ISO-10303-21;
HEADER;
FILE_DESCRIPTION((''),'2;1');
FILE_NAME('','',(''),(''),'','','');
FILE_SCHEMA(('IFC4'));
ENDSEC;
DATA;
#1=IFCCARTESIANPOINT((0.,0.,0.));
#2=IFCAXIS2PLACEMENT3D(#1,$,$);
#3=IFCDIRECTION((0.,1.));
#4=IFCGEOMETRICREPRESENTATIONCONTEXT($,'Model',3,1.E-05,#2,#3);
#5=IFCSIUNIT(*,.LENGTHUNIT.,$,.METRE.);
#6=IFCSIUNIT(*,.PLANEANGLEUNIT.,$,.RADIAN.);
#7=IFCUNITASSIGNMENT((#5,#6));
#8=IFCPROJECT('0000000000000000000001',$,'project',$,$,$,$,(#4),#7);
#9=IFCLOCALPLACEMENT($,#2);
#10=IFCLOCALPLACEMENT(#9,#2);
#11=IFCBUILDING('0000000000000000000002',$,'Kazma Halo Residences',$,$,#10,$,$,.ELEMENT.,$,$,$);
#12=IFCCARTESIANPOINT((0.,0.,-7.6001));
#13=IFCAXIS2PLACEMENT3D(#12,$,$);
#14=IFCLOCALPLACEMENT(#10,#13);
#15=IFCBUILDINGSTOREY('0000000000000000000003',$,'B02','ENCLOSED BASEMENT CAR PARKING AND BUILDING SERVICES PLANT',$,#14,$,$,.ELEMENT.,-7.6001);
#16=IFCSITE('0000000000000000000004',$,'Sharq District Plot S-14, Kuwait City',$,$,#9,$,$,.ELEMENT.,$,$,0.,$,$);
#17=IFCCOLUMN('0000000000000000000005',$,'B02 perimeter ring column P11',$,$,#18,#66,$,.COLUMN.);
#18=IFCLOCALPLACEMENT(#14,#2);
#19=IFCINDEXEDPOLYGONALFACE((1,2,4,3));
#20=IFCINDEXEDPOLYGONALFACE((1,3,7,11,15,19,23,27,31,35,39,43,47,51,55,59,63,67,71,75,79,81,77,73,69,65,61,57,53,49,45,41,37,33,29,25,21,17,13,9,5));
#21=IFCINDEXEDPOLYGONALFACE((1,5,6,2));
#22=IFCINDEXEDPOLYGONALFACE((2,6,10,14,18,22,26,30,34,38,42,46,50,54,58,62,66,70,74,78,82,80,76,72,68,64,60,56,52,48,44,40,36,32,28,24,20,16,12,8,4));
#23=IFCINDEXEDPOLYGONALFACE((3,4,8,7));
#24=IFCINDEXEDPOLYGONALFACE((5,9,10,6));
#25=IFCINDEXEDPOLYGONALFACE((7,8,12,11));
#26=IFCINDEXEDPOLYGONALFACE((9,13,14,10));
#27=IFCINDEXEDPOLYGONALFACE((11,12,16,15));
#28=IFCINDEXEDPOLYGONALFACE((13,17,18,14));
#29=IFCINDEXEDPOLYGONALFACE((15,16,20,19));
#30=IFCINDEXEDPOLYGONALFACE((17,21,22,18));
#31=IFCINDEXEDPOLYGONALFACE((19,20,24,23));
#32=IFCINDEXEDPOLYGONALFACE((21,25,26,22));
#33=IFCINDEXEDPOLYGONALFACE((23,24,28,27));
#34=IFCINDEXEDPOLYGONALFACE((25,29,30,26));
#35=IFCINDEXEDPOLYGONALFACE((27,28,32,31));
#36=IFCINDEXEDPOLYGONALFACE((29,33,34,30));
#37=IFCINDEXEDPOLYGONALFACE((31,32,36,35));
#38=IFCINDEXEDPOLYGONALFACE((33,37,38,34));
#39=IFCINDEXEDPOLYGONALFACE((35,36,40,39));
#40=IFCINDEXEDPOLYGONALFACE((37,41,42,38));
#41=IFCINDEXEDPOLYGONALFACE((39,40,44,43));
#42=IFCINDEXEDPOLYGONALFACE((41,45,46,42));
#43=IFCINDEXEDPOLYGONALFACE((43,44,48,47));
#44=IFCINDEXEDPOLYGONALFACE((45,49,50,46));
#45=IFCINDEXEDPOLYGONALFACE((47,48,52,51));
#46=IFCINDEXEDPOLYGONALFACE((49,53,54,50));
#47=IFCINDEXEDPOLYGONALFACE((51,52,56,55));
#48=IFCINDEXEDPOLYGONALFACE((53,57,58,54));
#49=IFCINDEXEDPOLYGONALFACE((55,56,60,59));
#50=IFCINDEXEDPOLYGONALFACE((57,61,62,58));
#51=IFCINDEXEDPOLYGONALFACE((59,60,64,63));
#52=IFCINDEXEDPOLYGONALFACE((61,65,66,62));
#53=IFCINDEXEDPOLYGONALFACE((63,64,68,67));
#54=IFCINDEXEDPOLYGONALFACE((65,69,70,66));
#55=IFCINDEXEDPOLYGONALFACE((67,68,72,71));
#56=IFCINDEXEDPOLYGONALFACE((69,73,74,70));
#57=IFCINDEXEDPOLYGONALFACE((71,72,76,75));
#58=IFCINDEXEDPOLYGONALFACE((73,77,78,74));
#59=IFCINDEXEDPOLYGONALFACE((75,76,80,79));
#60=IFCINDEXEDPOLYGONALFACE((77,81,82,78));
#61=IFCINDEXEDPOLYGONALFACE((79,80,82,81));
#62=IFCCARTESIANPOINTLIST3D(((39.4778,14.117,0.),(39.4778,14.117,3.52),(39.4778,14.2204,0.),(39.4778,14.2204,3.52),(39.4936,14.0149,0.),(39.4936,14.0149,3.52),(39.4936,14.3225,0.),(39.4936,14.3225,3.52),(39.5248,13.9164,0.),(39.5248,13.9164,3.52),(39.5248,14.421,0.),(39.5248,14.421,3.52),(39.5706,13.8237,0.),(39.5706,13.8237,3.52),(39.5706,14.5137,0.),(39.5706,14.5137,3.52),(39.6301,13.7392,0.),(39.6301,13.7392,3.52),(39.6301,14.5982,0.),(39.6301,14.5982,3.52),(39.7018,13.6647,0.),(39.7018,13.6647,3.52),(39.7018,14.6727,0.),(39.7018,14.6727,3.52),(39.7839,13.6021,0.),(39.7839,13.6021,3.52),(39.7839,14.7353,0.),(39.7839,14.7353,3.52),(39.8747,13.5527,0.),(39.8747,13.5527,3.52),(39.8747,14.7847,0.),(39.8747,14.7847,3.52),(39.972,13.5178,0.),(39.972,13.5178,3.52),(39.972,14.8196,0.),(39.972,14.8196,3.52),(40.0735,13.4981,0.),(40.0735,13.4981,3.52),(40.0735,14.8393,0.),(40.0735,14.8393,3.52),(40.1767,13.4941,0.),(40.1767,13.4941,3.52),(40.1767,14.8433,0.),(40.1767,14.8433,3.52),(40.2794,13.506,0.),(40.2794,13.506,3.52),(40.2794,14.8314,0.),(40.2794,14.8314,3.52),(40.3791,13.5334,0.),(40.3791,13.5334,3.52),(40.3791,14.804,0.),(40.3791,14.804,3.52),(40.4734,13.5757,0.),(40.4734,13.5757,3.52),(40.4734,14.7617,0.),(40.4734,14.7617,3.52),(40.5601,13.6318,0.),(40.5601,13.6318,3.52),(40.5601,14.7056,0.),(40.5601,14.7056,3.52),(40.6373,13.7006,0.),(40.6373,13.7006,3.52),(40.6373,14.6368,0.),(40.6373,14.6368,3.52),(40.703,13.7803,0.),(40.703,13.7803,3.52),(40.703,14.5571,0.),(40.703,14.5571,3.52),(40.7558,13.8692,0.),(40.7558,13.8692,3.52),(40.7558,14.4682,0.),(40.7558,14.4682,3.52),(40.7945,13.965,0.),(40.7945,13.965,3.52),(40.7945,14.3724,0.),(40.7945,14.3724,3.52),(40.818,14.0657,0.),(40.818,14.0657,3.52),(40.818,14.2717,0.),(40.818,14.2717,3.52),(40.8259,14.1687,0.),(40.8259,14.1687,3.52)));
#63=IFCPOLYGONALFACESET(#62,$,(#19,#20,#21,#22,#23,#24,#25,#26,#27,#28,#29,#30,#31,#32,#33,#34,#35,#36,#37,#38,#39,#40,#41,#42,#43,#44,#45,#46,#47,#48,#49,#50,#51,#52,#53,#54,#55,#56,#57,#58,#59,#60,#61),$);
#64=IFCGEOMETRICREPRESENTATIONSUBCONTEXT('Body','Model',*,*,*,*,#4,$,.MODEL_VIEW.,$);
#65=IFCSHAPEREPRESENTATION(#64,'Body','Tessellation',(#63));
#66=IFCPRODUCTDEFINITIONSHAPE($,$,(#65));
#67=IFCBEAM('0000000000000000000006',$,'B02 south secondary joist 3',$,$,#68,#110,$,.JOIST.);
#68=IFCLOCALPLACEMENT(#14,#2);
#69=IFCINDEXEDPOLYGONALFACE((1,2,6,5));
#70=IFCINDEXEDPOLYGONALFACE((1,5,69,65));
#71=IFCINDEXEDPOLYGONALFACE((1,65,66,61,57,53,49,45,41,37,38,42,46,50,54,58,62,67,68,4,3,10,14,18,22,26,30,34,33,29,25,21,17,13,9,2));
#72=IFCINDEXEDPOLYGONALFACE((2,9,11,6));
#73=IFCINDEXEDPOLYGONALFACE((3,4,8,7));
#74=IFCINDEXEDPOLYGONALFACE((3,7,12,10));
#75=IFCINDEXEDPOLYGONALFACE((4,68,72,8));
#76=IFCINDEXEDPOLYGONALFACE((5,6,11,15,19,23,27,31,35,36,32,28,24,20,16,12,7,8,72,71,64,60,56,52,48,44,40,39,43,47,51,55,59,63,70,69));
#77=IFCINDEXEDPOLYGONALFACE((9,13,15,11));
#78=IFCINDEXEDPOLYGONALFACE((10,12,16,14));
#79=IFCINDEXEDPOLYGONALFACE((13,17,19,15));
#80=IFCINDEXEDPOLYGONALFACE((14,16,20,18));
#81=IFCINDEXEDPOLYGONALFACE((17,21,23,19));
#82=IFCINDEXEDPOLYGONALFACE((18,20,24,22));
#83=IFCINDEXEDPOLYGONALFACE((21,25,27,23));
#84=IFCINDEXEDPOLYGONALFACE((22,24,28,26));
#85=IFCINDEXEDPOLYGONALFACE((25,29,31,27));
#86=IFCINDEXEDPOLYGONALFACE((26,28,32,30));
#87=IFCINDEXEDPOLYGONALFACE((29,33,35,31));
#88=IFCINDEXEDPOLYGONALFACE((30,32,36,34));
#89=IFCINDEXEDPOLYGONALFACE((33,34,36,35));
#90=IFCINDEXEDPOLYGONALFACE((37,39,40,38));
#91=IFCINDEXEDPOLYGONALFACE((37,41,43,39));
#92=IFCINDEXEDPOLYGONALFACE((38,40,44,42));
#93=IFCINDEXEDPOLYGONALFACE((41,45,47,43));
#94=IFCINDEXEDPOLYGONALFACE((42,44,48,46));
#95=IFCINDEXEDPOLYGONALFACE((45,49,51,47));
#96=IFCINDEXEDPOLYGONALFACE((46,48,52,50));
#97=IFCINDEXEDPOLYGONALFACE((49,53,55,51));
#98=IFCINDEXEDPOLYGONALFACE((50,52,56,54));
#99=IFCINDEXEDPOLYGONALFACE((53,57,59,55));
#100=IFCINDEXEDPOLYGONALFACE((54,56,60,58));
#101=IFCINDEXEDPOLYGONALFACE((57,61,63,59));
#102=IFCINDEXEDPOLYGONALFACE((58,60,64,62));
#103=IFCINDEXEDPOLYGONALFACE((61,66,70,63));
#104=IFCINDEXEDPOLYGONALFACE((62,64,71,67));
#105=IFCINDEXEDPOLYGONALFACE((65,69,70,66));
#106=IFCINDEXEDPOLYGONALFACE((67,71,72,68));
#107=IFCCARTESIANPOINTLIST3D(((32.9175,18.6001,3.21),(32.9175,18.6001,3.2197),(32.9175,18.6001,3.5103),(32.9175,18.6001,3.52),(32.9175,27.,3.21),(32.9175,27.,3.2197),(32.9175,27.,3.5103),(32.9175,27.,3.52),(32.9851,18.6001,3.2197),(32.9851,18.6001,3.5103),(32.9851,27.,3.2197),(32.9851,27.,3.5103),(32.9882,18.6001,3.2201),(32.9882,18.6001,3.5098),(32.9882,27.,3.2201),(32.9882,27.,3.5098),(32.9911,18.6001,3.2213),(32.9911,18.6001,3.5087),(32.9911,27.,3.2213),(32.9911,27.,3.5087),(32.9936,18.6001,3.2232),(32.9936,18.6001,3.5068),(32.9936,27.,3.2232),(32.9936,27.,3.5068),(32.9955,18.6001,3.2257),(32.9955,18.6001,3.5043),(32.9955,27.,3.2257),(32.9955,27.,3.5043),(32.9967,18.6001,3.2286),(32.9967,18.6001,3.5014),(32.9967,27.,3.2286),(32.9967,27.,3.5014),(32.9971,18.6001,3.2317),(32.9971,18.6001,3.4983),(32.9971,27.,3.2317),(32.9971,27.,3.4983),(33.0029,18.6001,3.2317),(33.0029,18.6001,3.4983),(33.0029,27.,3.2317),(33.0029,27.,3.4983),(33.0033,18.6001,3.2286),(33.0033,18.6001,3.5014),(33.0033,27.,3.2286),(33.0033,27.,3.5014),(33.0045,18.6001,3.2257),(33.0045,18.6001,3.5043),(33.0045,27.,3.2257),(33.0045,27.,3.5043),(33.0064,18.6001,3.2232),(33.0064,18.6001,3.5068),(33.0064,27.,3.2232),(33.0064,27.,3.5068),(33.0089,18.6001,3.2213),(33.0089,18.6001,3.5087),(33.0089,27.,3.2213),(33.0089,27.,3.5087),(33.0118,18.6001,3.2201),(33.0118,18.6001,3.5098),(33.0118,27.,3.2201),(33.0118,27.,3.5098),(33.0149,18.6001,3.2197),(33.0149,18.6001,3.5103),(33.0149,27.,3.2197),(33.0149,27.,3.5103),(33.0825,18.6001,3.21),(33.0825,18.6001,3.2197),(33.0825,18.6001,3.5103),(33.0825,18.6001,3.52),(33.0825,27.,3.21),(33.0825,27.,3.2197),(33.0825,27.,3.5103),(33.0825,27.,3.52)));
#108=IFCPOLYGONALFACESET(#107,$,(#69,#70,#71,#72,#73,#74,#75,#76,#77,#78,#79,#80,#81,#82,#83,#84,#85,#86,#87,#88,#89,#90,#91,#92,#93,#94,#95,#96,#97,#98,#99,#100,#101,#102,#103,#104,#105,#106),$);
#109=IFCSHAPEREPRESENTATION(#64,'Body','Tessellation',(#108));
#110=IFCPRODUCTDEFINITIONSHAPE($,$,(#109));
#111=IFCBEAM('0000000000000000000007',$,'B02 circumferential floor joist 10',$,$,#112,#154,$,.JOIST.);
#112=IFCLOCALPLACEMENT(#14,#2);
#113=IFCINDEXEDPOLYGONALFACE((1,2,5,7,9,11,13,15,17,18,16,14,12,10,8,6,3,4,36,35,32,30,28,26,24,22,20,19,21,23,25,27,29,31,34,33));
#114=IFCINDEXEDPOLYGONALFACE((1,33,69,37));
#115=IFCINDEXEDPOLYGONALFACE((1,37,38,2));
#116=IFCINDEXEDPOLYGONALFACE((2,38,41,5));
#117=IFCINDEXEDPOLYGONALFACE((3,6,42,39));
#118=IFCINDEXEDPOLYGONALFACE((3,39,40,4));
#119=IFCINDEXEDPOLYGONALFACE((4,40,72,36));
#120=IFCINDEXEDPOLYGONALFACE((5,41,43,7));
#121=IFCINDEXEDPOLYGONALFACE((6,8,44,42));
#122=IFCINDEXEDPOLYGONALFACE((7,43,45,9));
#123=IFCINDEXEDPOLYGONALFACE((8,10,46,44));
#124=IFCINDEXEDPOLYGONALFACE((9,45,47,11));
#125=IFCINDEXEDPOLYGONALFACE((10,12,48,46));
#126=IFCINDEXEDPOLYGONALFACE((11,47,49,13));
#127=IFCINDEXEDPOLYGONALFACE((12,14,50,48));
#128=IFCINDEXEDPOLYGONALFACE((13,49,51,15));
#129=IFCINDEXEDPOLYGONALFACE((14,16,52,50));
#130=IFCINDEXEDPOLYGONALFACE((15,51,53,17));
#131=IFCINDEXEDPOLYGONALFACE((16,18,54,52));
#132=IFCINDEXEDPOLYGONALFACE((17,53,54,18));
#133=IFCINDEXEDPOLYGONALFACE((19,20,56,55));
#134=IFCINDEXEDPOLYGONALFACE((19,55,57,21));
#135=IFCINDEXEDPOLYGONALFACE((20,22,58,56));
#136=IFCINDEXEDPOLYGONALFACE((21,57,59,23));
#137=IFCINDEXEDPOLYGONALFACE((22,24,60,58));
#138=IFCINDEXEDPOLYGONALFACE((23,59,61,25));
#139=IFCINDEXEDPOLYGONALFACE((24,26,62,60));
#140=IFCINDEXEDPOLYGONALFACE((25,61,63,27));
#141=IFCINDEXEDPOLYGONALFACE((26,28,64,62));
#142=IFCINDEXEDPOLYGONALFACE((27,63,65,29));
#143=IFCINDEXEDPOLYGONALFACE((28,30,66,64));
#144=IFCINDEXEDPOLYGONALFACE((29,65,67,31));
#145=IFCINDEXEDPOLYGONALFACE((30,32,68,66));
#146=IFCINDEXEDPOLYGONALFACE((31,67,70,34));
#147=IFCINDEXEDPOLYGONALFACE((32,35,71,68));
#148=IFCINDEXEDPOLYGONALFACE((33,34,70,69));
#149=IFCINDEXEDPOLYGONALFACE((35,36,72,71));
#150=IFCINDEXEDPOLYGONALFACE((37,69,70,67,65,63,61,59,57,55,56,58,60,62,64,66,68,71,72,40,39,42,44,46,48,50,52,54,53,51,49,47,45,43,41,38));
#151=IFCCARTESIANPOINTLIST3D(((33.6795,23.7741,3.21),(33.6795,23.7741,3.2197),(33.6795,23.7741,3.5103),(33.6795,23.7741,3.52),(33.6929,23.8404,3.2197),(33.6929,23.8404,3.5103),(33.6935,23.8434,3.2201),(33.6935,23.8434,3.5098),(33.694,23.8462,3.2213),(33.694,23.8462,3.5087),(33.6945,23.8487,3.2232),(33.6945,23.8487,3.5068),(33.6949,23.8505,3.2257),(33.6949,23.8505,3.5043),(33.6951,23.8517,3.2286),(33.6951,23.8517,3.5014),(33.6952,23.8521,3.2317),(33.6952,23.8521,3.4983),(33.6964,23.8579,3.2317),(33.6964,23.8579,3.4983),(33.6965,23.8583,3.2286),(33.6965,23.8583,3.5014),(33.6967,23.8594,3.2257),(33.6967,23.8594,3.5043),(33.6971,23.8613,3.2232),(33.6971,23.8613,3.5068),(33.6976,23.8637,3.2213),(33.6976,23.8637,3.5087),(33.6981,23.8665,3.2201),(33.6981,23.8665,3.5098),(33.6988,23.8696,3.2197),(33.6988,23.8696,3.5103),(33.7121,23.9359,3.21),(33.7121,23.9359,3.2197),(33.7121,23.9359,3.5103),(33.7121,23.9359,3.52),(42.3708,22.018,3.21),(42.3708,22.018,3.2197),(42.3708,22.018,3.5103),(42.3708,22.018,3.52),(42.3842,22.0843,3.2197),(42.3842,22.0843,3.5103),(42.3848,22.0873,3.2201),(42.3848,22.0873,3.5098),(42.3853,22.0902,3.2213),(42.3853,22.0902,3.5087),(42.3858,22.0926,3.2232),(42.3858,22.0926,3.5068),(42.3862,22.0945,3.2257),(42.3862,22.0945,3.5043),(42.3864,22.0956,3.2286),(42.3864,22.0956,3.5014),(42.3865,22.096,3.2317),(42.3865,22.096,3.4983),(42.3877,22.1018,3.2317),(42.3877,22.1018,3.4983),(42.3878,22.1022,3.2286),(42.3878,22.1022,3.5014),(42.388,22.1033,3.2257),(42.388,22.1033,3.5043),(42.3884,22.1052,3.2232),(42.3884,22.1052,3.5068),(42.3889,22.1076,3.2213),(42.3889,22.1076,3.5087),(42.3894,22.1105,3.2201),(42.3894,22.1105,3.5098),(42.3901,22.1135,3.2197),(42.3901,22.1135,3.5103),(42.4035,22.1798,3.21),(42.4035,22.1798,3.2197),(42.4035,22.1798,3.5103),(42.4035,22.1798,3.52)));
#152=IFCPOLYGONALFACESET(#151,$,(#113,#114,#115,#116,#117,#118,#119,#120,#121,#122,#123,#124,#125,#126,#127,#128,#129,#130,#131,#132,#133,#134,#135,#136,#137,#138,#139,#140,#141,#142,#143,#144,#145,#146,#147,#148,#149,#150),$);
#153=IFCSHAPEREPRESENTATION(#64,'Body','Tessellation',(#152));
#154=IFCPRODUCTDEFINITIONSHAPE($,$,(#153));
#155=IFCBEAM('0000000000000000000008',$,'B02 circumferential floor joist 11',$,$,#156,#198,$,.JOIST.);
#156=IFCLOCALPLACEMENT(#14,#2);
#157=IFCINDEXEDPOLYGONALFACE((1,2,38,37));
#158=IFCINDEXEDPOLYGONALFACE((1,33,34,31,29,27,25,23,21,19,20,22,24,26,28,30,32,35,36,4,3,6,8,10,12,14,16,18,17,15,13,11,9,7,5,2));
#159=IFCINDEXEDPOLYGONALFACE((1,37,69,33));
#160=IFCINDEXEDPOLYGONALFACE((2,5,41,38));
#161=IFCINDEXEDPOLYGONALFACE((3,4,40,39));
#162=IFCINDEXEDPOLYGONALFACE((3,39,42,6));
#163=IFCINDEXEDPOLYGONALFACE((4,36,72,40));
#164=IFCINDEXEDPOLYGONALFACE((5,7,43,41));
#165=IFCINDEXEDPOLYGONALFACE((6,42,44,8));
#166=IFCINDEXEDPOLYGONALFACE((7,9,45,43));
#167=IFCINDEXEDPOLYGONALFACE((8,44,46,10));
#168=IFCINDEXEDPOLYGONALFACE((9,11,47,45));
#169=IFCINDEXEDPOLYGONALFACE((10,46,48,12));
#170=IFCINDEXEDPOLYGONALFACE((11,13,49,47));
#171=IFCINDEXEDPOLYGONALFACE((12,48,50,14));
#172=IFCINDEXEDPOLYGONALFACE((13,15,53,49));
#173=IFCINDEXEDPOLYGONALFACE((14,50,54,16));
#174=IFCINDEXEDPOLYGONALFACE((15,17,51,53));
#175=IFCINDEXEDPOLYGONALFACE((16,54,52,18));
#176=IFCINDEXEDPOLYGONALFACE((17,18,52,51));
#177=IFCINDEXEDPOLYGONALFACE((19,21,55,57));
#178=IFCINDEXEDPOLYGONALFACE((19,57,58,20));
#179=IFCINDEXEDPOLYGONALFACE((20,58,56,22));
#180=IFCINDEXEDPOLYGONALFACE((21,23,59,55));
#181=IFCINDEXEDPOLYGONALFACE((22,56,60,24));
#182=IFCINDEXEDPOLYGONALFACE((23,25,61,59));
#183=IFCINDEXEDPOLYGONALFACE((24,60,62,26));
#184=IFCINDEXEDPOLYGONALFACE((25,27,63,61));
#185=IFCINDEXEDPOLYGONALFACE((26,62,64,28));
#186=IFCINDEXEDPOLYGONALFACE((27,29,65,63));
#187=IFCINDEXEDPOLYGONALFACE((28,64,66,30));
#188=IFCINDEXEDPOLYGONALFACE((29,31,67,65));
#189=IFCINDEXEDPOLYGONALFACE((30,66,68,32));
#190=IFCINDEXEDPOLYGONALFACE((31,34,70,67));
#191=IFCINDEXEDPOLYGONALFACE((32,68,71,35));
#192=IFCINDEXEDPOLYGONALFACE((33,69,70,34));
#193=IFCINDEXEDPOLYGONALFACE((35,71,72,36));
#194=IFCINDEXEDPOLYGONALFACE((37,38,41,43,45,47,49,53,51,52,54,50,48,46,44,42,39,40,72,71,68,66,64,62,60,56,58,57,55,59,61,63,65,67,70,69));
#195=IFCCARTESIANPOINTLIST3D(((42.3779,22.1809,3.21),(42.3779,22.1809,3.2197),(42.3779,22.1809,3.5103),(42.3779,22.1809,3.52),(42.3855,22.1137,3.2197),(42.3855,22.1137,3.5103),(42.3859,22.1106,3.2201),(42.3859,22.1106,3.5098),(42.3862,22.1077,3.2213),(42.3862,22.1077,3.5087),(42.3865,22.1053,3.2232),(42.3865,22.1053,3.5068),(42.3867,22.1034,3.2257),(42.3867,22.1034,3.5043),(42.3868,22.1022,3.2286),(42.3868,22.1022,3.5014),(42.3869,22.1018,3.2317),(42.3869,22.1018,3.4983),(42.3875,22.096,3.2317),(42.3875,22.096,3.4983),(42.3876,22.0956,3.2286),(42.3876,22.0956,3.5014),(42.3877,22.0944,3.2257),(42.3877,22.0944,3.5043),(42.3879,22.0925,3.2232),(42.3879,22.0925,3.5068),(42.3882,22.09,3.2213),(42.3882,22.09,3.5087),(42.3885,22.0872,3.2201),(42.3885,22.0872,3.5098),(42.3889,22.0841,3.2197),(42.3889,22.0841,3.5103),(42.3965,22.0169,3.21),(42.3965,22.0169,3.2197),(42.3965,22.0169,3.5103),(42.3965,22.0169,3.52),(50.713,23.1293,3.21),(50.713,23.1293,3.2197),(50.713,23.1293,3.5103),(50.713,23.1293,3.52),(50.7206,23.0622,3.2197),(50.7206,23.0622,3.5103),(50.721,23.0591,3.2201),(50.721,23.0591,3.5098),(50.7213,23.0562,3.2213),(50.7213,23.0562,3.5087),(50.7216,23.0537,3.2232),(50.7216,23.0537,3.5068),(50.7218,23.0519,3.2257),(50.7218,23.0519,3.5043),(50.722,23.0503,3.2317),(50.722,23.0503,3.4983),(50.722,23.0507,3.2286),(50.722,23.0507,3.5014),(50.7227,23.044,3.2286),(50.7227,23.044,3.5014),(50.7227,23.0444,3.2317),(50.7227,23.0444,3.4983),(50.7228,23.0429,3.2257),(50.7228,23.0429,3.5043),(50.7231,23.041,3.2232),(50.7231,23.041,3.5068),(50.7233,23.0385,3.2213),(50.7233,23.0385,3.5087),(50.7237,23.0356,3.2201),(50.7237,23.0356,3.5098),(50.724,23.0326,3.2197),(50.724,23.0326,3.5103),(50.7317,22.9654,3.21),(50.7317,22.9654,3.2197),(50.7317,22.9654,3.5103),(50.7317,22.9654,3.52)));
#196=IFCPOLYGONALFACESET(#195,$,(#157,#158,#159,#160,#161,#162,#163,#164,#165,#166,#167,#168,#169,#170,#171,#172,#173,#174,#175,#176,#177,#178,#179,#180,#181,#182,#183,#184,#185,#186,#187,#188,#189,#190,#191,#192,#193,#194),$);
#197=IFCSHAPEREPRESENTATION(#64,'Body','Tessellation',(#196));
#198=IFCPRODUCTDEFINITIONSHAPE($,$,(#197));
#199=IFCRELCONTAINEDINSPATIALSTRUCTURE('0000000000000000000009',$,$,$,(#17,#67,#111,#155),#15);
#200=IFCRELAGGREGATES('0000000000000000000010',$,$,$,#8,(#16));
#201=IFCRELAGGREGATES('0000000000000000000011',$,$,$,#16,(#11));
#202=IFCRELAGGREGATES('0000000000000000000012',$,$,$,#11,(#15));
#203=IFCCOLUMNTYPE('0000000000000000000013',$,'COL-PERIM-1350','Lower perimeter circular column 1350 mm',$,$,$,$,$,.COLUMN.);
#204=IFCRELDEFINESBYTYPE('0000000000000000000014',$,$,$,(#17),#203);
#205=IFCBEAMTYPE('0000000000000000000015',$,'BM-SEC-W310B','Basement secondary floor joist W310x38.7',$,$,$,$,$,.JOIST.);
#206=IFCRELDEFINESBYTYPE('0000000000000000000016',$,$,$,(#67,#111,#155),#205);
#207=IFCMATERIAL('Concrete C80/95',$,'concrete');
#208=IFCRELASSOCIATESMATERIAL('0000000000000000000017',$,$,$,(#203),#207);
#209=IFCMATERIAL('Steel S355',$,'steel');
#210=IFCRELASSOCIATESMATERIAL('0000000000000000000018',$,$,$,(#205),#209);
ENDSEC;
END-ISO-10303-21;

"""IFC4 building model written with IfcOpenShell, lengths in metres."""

from ifc_helpers import new_model, si_unit, direction, frame, origin, origin_2d, place, context, subcontext, project, spatial, circle, i_section, extrude, material, material_profile, profile_set, type_object, element, save


model = new_model("IFC4")

# Units and contexts
model_context = context("Model", 3, precision=1e-05, world=origin(), true_north=direction((0.0, 1.0)))
body_context = subcontext(model_context, "Body", "Model", "MODEL_VIEW")
ifc_project = project(units=[si_unit("LENGTHUNIT", "METRE"), si_unit("PLANEANGLEUNIT", "RADIAN")], contexts=[model_context])

# Site, building, storey
site_placement = place(None, origin())
site = spatial("IfcSite", under=ifc_project, at=site_placement, Name="Sharq District Plot S-14, Kuwait City", CompositionType="ELEMENT", RefElevation=0.0)
building_placement = place(site_placement, origin())
building = spatial("IfcBuilding", under=site, at=building_placement, Name="Kazma Halo Residences", CompositionType="ELEMENT")
storey_placement = place(building_placement, frame((0.0, 0.0, -7.6001)))
storey = spatial("IfcBuildingStorey", under=building, at=storey_placement, Name="B02", Description="ENCLOSED BASEMENT CAR PARKING AND BUILDING SERVICES PLANT", CompositionType="ELEMENT", Elevation=-7.6001)

# Column
ifc_material_1 = material(Name="Concrete C80/95", Category="concrete")
ifc_material_profile_1 = material_profile(ifc_material_1, circle(Radius=0.675, at=origin_2d()), Name="CIRC1350")
ifc_profile_set_1 = profile_set([ifc_material_profile_1], Name="Concrete C80/95")
column_type_1 = type_object("IfcColumnType", Name="COL-PERIM-1350", Description="Lower perimeter circular column 1350 mm", PredefinedType="COLUMN", material=ifc_profile_set_1)
column_placement = place(storey_placement, frame((40.1509, 14.1687, 0.0), z_axis=(0.0, 0.0, 1.0), x_axis=(1.0, 0.0, 0.0)))
element("IfcColumn", 1, at=column_placement, inside=storey, type_object=column_type_1, Name="B02 perimeter ring column P11", PredefinedType="COLUMN", context=body_context, shape_type="SweptSolid", body=[
    extrude(circle(Radius=0.675, at=origin_2d()), origin(), (0.0, 0.0, 1.0), 3.52),
])

# Beams
ifc_material_2 = material(Name="Steel S355", Category="steel")
ifc_material_profile_2 = material_profile(ifc_material_2, i_section(OverallWidth=0.165, OverallDepth=0.3101, WebThickness=0.0059, FlangeThickness=0.0098, FilletRadius=0.012, at=origin_2d()), Name="W310x38.7")
ifc_profile_set_2 = profile_set([ifc_material_profile_2], Name="Steel S355")
beam_type_1 = type_object("IfcBeamType", Name="BM-SEC-W310B", Description="Basement secondary floor joist W310x38.7", PredefinedType="JOIST", material=ifc_profile_set_2)
beam_1_placement = place(storey_placement, frame((33.0, 18.6001, 3.365), z_axis=(0.0, 1.0, 0.0), x_axis=(-1.0, 0.0, 0.0)))
element("IfcBeam", 2, at=beam_1_placement, inside=storey, type_object=beam_type_1, Name="B02 south secondary joist 3", PredefinedType="JOIST", context=body_context, shape_type="SweptSolid", body=[
    extrude(i_section(OverallWidth=0.165, OverallDepth=0.3101, WebThickness=0.0059, FlangeThickness=0.0098, FilletRadius=0.012, at=origin_2d()), origin(), (0.0, 0.0, 1.0), 8.3999),
])
beam_2_placement = place(storey_placement, frame((33.6958, 23.855, 3.365), z_axis=(0.980192, -0.198048, 0.0), x_axis=(0.198048, 0.980192, 0.0)))
element("IfcBeam", 3, at=beam_2_placement, inside=storey, type_object=beam_type_1, Name="B02 circumferential floor joist 10", PredefinedType="JOIST", context=body_context, shape_type="SweptSolid", body=[
    extrude(i_section(OverallWidth=0.165, OverallDepth=0.3101, WebThickness=0.0059, FlangeThickness=0.0098, FilletRadius=0.012, at=origin_2d()), origin(), (0.0, 0.0, 1.0), 8.8669),
])
beam_3_placement = place(storey_placement, frame((42.3872, 22.0989, 3.365), z_axis=(0.993588, 0.113063, 0.0), x_axis=(-0.113063, 0.993588, 0.0)))
element("IfcBeam", 4, at=beam_3_placement, inside=storey, type_object=beam_type_1, Name="B02 circumferential floor joist 11", PredefinedType="JOIST", context=body_context, shape_type="SweptSolid", body=[
    extrude(i_section(OverallWidth=0.165, OverallDepth=0.3101, WebThickness=0.0059, FlangeThickness=0.0098, FilletRadius=0.012, at=origin_2d()), origin(), (0.0, 0.0, 1.0), 8.3889),
])

save(model, "model.ifc")
